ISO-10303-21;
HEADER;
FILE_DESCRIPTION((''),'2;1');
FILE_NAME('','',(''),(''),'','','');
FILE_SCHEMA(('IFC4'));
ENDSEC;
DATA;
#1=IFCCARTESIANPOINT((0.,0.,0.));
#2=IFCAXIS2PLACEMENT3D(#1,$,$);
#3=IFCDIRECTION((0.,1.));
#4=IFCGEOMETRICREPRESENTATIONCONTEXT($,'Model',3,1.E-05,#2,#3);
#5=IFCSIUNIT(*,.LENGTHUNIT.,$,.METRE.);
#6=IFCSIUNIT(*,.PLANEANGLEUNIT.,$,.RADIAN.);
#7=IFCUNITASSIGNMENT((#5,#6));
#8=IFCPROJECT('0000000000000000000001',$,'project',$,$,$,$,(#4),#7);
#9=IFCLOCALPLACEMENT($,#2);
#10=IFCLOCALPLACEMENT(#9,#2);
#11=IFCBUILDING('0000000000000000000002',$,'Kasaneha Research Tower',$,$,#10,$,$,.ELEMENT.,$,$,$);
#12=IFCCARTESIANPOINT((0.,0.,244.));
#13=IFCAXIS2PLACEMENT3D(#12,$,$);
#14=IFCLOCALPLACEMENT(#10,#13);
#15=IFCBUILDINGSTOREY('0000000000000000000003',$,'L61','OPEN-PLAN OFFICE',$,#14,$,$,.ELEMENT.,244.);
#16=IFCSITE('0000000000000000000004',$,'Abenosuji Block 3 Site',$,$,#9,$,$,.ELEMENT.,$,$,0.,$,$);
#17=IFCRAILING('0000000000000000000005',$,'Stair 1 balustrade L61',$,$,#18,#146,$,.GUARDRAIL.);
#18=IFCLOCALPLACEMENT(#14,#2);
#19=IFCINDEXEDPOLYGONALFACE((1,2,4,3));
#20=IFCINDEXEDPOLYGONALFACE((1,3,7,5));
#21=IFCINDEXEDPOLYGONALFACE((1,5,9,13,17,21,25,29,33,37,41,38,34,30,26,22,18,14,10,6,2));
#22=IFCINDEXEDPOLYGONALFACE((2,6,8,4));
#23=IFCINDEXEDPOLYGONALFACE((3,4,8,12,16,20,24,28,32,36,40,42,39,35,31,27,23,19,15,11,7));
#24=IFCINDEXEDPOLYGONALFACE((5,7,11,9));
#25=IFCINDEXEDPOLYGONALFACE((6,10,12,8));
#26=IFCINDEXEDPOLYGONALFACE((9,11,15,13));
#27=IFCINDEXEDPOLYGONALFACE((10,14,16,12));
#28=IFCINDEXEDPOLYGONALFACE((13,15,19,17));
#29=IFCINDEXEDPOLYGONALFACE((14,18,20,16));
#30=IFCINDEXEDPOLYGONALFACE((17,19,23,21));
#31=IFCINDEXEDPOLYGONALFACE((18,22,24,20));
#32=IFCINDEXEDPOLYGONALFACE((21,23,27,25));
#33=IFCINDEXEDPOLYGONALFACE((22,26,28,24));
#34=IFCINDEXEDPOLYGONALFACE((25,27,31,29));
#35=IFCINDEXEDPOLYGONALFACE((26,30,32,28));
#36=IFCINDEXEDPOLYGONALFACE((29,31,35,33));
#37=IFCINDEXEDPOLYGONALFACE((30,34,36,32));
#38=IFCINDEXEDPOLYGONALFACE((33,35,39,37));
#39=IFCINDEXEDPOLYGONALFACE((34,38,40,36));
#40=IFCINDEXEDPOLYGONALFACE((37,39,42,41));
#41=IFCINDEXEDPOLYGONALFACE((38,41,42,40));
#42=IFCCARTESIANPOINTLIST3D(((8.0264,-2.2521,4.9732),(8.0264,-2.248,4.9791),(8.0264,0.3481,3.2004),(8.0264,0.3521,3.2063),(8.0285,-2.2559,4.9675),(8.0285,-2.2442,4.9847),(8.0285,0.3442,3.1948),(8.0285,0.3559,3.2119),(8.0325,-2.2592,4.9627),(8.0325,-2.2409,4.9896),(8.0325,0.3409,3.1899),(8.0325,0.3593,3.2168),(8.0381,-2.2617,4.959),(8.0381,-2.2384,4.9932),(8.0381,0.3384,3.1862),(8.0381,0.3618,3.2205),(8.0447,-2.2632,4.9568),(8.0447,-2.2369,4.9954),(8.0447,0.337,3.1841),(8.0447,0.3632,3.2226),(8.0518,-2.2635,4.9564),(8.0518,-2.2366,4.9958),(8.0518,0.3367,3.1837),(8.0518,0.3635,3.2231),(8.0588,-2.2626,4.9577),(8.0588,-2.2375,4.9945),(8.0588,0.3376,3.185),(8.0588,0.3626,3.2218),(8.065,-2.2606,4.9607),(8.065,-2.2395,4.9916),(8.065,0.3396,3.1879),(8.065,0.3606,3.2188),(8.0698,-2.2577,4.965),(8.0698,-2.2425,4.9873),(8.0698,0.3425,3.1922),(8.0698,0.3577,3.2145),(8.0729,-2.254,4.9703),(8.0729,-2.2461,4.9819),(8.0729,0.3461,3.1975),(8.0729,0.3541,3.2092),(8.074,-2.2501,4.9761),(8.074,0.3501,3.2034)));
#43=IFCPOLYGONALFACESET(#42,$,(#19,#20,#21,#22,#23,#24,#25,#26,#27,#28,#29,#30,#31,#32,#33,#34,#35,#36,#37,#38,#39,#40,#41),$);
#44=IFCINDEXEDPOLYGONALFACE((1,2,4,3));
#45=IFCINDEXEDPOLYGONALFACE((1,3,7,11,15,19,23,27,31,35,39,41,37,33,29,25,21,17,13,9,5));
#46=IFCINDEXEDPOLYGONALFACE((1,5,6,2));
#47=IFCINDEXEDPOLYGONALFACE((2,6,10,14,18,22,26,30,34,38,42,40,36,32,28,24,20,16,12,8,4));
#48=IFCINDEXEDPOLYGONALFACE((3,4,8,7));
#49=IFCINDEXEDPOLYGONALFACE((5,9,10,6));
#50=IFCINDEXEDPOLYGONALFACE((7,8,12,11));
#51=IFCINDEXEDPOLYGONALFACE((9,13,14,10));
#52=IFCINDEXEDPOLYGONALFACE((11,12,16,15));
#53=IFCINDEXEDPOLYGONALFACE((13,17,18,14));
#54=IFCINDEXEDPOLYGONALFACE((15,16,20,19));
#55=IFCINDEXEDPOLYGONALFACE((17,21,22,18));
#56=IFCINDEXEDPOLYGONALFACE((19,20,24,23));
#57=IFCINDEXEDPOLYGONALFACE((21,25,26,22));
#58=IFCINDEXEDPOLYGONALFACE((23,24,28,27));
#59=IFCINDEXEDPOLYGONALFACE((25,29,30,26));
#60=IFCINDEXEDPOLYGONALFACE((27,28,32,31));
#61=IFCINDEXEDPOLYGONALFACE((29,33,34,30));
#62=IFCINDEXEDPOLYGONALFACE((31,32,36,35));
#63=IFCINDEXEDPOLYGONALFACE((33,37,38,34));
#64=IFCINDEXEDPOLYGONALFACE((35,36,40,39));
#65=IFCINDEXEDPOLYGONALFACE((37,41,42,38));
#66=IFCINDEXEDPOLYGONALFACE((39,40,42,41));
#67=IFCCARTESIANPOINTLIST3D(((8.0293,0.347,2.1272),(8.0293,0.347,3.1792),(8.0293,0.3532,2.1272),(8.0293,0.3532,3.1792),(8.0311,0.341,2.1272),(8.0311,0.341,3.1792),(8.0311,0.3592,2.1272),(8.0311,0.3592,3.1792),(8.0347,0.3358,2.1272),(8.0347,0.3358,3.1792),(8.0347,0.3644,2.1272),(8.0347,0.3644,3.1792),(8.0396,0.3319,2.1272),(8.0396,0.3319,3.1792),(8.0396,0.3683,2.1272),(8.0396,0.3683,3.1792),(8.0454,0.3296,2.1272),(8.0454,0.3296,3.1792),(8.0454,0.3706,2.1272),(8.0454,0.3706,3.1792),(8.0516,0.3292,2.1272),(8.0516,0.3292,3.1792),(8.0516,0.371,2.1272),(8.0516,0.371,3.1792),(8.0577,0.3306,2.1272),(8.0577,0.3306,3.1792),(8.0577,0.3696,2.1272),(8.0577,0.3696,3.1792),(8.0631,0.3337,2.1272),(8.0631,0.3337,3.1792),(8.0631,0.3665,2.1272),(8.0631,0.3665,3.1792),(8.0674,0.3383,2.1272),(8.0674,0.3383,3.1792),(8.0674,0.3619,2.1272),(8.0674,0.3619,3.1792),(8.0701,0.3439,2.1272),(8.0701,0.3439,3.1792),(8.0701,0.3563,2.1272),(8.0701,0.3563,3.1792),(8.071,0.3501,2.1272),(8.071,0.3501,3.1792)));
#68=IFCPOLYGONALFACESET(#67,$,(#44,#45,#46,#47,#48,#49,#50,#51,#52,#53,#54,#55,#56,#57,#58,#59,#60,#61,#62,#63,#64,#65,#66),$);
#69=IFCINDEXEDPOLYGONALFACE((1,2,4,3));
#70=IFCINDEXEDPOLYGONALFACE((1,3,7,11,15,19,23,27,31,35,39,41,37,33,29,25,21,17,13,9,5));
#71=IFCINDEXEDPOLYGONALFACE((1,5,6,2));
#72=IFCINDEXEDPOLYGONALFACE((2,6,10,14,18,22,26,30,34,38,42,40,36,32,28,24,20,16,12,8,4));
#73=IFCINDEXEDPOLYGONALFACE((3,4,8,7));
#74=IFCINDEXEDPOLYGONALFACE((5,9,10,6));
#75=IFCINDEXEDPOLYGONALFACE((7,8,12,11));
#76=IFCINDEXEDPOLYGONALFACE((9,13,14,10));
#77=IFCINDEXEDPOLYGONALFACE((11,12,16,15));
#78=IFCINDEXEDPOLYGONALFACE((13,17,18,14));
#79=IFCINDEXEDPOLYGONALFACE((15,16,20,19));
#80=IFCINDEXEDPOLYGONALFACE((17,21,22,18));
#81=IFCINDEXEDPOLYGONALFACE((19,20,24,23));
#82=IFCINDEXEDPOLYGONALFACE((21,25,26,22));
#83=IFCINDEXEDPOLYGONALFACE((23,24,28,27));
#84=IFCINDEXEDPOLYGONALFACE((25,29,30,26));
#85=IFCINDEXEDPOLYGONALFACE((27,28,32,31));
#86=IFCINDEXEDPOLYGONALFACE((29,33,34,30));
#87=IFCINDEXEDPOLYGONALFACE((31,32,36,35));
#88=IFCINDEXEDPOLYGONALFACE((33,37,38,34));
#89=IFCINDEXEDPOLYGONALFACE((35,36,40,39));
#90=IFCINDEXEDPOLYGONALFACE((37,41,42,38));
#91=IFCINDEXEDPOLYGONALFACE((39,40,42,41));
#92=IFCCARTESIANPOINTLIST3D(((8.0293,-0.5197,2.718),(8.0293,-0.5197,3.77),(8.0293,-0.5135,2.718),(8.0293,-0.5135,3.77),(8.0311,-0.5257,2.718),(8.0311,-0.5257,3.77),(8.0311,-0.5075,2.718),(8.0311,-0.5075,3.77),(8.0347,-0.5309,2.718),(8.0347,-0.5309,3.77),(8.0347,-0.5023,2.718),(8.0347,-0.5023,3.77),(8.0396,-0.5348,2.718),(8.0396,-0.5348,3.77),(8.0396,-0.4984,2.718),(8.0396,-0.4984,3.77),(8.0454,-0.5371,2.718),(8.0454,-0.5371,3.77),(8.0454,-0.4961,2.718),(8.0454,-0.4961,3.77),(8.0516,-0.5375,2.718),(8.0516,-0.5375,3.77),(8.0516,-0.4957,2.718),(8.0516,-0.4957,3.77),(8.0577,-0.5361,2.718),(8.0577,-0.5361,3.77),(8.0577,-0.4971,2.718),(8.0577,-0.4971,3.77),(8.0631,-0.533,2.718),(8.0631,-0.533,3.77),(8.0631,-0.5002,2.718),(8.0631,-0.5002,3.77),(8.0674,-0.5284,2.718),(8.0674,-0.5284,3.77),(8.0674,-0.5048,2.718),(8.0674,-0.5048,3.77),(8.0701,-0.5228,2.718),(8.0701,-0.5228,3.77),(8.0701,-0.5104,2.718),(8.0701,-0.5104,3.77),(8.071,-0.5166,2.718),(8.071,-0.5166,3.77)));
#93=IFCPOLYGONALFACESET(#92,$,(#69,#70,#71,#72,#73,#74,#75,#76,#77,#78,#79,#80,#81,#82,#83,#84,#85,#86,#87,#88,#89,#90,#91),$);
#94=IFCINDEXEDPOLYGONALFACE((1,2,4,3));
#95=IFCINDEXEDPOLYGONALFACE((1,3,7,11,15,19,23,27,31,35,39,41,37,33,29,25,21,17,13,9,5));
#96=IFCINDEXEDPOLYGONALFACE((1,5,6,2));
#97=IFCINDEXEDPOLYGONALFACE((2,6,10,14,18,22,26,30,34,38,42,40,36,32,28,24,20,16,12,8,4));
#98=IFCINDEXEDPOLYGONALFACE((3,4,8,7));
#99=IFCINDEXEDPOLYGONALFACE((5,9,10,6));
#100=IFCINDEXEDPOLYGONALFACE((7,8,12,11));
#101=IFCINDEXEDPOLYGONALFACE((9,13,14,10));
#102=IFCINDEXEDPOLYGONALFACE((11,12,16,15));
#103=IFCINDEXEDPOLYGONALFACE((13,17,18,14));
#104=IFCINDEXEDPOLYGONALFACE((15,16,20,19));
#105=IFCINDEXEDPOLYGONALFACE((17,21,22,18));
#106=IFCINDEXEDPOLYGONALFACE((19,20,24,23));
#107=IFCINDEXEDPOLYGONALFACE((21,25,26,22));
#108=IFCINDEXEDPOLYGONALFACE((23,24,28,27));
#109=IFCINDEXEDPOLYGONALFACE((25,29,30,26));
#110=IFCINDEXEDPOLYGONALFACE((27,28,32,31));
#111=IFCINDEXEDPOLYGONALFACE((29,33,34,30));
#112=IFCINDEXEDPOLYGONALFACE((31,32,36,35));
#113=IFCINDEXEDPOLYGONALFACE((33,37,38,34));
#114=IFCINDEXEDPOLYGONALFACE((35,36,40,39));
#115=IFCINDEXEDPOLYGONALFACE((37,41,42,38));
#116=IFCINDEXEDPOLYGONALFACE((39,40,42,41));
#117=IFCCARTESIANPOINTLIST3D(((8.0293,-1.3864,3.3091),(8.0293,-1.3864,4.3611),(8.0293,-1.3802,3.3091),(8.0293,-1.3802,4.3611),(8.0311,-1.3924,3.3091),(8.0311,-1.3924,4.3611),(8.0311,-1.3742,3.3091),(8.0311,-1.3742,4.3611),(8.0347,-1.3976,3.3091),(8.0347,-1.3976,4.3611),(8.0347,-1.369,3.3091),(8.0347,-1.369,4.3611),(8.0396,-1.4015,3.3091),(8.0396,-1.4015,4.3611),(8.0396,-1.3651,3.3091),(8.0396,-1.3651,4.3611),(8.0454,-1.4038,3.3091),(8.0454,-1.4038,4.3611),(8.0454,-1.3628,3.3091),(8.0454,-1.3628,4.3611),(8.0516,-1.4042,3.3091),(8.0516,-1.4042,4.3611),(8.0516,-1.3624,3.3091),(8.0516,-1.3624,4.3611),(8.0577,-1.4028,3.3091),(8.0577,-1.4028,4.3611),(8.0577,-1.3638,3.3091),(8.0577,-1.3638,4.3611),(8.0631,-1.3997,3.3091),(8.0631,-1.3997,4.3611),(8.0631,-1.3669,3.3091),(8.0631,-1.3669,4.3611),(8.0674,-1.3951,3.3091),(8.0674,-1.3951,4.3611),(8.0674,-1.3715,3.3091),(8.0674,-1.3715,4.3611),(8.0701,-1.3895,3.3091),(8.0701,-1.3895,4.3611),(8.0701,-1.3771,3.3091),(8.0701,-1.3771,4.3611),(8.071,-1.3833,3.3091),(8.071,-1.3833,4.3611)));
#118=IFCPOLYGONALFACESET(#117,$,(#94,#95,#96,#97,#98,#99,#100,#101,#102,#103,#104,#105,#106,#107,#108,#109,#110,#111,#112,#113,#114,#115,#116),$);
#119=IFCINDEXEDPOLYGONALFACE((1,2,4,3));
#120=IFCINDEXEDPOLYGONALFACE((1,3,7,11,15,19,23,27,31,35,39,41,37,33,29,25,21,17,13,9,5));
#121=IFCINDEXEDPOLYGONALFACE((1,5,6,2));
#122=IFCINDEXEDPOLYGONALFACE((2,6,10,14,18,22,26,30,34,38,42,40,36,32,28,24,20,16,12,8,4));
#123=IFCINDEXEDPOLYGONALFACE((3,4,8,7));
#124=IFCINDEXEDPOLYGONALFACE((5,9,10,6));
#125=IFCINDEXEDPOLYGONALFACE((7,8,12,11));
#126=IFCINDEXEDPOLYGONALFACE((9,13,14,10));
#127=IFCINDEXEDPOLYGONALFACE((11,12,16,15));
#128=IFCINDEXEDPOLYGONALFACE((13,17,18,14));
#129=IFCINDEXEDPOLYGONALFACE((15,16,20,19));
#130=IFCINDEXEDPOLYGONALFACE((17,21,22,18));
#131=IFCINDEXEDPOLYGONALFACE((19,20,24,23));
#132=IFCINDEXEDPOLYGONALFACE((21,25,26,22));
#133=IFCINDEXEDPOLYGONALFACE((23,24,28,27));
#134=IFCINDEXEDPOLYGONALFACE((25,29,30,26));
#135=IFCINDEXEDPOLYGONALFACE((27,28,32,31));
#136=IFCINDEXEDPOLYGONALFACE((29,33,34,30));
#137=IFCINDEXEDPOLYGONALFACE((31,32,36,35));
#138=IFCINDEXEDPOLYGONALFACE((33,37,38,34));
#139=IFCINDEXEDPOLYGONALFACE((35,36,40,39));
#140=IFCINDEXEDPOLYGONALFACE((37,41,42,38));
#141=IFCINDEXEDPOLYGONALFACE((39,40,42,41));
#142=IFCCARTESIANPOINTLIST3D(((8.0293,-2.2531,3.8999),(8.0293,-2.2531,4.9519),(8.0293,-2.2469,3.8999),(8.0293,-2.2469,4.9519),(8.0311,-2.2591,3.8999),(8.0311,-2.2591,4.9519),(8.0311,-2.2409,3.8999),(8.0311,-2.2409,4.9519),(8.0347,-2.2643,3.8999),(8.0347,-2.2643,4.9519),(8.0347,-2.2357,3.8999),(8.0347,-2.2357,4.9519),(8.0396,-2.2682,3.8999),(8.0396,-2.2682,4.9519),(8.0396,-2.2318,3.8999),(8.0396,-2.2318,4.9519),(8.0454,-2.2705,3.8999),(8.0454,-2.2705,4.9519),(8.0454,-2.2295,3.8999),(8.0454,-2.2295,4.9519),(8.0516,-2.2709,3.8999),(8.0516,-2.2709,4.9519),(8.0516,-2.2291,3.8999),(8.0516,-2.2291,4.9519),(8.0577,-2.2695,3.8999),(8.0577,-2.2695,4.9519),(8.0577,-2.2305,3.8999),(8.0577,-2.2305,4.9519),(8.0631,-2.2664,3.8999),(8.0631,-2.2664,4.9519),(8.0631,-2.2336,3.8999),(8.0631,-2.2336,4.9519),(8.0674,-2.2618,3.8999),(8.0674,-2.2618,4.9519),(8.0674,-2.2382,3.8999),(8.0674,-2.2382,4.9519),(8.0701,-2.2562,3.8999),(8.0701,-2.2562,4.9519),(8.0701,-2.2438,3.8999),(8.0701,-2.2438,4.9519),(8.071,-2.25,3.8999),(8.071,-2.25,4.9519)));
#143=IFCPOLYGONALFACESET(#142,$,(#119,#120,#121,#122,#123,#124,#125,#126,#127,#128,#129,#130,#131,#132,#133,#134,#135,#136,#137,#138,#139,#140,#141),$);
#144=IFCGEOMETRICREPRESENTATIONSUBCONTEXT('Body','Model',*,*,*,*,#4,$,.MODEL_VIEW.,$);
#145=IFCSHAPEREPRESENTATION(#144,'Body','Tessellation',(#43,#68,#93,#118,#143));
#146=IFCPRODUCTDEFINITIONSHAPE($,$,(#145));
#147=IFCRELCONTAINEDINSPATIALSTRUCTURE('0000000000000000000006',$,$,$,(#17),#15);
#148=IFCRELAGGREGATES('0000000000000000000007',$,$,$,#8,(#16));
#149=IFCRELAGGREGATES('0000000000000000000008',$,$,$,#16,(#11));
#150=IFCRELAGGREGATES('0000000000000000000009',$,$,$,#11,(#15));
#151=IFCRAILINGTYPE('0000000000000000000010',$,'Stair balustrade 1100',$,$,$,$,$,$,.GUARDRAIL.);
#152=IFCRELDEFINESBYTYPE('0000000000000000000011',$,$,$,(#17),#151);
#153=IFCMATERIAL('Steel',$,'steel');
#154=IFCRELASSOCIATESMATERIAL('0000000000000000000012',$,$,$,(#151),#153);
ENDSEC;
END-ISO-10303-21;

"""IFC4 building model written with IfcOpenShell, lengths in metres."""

from ifc_helpers import new_model, si_unit, direction, frame, origin, origin_2d, place, context, subcontext, project, spatial, circle, extrude, material, type_object, element, save


model = new_model("IFC4")

# Units and contexts
model_context = context("Model", 3, precision=1e-05, world=origin(), true_north=direction((0.0, 1.0)))
body_context = subcontext(model_context, "Body", "Model", "MODEL_VIEW")
ifc_project = project(units=[si_unit("LENGTHUNIT", "METRE"), si_unit("PLANEANGLEUNIT", "RADIAN")], contexts=[model_context])

# Site, building, storey
site_placement = place(None, origin())
site = spatial("IfcSite", under=ifc_project, at=site_placement, Name="Abenosuji Block 3 Site", CompositionType="ELEMENT", RefElevation=0.0)
building_placement = place(site_placement, origin())
building = spatial("IfcBuilding", under=site, at=building_placement, Name="Kasaneha Research Tower", CompositionType="ELEMENT")
storey_placement = place(building_placement, frame((0.0, 0.0, 244.0)))
storey = spatial("IfcBuildingStorey", under=building, at=storey_placement, Name="L61", Description="OPEN-PLAN OFFICE", CompositionType="ELEMENT", Elevation=244.0)

# Railing
ifc_material_1 = material(Name="Steel", Category="steel")
railing_type_1 = type_object("IfcRailingType", Name="Stair balustrade 1100", PredefinedType="GUARDRAIL", material=ifc_material_1)
railing_1_placement = place(storey_placement, frame((8.05, 0.3501, 2.1272)))
element("IfcRailing", 1, at=railing_1_placement, inside=storey, type_object=railing_type_1, Name="Stair 1 balustrade L61", PredefinedType="GUARDRAIL", context=body_context, shape_type="SweptSolid", body=[
    extrude(circle(Radius=0.0239, at=origin_2d()), frame((0.0, 0.0, 1.0762), z_axis=(0.0, -0.82624, 0.563318), x_axis=(1.0, 0.0, 0.0)), (0.0, 0.0, 1.0), 3.147),
    extrude(circle(Radius=0.021, at=origin_2d()), origin(), (0.0, 0.0, 1.0), 1.052),
    extrude(circle(Radius=0.021, at=origin_2d()), frame((0.0, -0.8667, 0.5908)), (0.0, 0.0, 1.0), 1.052),
    extrude(circle(Radius=0.021, at=origin_2d()), frame((0.0, -1.7334, 1.1819)), (0.0, 0.0, 1.0), 1.052),
    extrude(circle(Radius=0.021, at=origin_2d()), frame((0.0, -2.6001, 1.7727)), (0.0, 0.0, 1.0), 1.052),
])

save(model, "model.ifc")
